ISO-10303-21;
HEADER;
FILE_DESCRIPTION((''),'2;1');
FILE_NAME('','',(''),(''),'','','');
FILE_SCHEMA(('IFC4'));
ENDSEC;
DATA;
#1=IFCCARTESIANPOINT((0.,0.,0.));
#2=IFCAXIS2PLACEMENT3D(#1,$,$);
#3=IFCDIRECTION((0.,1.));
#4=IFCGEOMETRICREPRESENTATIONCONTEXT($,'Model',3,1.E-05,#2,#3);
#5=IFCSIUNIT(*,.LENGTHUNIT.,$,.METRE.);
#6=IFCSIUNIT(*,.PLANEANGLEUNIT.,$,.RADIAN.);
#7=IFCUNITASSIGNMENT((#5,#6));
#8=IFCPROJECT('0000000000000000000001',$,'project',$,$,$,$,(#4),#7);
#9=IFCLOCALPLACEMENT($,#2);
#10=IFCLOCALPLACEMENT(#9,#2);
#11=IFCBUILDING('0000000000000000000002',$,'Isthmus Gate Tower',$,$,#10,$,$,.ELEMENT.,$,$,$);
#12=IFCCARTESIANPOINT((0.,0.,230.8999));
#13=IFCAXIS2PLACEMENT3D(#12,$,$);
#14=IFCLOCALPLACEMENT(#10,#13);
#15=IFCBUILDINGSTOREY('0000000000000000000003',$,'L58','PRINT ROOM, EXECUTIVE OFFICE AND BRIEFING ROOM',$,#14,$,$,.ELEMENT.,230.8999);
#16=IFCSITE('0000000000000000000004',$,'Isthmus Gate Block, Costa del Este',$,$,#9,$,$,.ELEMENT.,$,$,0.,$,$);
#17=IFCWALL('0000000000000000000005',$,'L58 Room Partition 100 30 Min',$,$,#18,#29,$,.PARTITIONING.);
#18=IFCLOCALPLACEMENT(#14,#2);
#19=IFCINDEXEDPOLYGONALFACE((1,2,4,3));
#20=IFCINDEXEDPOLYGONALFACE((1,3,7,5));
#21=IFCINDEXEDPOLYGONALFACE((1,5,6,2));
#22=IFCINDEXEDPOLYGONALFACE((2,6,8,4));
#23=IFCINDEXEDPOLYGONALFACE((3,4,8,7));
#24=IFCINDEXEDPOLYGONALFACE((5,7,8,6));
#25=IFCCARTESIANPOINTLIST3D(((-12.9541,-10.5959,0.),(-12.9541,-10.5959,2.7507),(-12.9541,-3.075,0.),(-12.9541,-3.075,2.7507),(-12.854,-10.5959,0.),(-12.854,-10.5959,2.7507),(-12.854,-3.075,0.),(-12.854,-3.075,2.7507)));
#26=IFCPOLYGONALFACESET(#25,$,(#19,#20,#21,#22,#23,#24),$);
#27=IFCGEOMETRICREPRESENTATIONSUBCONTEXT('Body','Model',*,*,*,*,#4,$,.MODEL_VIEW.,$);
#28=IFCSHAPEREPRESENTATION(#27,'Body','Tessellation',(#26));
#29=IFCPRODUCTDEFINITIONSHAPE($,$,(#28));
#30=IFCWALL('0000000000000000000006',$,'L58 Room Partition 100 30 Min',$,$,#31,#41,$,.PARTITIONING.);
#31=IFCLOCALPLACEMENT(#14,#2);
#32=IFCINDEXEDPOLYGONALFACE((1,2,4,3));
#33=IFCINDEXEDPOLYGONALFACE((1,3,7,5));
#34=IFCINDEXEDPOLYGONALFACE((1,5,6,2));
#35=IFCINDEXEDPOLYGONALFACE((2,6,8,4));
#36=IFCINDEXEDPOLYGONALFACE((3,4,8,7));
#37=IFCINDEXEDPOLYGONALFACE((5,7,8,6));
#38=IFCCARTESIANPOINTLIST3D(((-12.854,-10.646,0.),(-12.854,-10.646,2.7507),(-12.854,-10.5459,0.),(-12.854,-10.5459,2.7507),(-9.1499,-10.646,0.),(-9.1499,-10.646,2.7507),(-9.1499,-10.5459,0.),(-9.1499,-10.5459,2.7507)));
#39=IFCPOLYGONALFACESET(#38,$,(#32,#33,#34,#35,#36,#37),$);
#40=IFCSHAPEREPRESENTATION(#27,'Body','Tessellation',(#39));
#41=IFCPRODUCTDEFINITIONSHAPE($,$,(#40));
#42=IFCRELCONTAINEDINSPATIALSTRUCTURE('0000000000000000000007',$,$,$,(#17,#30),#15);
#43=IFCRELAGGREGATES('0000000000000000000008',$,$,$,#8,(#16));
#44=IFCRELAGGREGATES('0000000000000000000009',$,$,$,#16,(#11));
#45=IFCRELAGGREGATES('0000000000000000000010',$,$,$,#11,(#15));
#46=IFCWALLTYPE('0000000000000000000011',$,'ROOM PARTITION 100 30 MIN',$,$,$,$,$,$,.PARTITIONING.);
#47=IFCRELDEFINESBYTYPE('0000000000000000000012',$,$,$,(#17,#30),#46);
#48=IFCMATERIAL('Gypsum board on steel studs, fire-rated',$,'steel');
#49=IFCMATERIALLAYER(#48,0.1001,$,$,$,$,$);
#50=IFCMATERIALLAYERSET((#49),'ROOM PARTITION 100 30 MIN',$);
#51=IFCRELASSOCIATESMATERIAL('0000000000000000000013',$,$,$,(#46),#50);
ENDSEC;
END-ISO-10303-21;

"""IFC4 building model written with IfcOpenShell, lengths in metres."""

from ifc_helpers import new_model, si_unit, direction, frame, frame_2d, origin, place, context, subcontext, project, spatial, rectangle, extrude, material, layer, layer_set, type_object, element, save


model = new_model("IFC4")

# Units and contexts
model_context = context("Model", 3, precision=1e-05, world=origin(), true_north=direction((0.0, 1.0)))
body_context = subcontext(model_context, "Body", "Model", "MODEL_VIEW")
ifc_project = project(units=[si_unit("LENGTHUNIT", "METRE"), si_unit("PLANEANGLEUNIT", "RADIAN")], contexts=[model_context])

# Site, building, storey
site_placement = place(None, origin())
site = spatial("IfcSite", under=ifc_project, at=site_placement, Name="Isthmus Gate Block, Costa del Este", CompositionType="ELEMENT", RefElevation=0.0)
building_placement = place(site_placement, origin())
building = spatial("IfcBuilding", under=site, at=building_placement, Name="Isthmus Gate Tower", CompositionType="ELEMENT")
storey_placement = place(building_placement, frame((0.0, 0.0, 230.8999)))
storey = spatial("IfcBuildingStorey", under=building, at=storey_placement, Name="L58", Description="PRINT ROOM, EXECUTIVE OFFICE AND BRIEFING ROOM", CompositionType="ELEMENT", Elevation=230.8999)

# Walls
ifc_material_1 = material(Name="Gypsum board on steel studs, fire-rated", Category="steel")
ifc_layer_1 = layer(ifc_material_1, 0.1001)
ifc_layer_set_1 = layer_set([ifc_layer_1], Name="ROOM PARTITION 100 30 MIN")
wall_type_1 = type_object("IfcWallType", Name="ROOM PARTITION 100 30 MIN", PredefinedType="PARTITIONING", material=ifc_layer_set_1)
wall_1_placement = place(storey_placement, frame((-12.9041, -10.5959, 0.0), z_axis=(0.0, 0.0, 1.0), x_axis=(0.0, 1.0, 0.0)))
element("IfcWall", 1, at=wall_1_placement, inside=storey, type_object=wall_type_1, Name="L58 Room Partition 100 30 Min", PredefinedType="PARTITIONING", context=body_context, shape_type="SweptSolid", body=[
    extrude(rectangle(XDim=7.521, YDim=0.1001, at=frame_2d((3.7605, 0.0))), origin(), (0.0, 0.0, 1.0), 2.7507),
])
wall_2_placement = place(storey_placement, frame((-12.854, -10.5959, 0.0), z_axis=(0.0, 0.0, 1.0), x_axis=(1.0, 0.0, 0.0)))
element("IfcWall", 2, at=wall_2_placement, inside=storey, type_object=wall_type_1, Name="L58 Room Partition 100 30 Min", PredefinedType="PARTITIONING", context=body_context, shape_type="SweptSolid", body=[
    extrude(rectangle(XDim=3.7041, YDim=0.1001, at=frame_2d((1.8521, 0.0))), origin(), (0.0, 0.0, 1.0), 2.7507),
])

save(model, "model.ifc")
